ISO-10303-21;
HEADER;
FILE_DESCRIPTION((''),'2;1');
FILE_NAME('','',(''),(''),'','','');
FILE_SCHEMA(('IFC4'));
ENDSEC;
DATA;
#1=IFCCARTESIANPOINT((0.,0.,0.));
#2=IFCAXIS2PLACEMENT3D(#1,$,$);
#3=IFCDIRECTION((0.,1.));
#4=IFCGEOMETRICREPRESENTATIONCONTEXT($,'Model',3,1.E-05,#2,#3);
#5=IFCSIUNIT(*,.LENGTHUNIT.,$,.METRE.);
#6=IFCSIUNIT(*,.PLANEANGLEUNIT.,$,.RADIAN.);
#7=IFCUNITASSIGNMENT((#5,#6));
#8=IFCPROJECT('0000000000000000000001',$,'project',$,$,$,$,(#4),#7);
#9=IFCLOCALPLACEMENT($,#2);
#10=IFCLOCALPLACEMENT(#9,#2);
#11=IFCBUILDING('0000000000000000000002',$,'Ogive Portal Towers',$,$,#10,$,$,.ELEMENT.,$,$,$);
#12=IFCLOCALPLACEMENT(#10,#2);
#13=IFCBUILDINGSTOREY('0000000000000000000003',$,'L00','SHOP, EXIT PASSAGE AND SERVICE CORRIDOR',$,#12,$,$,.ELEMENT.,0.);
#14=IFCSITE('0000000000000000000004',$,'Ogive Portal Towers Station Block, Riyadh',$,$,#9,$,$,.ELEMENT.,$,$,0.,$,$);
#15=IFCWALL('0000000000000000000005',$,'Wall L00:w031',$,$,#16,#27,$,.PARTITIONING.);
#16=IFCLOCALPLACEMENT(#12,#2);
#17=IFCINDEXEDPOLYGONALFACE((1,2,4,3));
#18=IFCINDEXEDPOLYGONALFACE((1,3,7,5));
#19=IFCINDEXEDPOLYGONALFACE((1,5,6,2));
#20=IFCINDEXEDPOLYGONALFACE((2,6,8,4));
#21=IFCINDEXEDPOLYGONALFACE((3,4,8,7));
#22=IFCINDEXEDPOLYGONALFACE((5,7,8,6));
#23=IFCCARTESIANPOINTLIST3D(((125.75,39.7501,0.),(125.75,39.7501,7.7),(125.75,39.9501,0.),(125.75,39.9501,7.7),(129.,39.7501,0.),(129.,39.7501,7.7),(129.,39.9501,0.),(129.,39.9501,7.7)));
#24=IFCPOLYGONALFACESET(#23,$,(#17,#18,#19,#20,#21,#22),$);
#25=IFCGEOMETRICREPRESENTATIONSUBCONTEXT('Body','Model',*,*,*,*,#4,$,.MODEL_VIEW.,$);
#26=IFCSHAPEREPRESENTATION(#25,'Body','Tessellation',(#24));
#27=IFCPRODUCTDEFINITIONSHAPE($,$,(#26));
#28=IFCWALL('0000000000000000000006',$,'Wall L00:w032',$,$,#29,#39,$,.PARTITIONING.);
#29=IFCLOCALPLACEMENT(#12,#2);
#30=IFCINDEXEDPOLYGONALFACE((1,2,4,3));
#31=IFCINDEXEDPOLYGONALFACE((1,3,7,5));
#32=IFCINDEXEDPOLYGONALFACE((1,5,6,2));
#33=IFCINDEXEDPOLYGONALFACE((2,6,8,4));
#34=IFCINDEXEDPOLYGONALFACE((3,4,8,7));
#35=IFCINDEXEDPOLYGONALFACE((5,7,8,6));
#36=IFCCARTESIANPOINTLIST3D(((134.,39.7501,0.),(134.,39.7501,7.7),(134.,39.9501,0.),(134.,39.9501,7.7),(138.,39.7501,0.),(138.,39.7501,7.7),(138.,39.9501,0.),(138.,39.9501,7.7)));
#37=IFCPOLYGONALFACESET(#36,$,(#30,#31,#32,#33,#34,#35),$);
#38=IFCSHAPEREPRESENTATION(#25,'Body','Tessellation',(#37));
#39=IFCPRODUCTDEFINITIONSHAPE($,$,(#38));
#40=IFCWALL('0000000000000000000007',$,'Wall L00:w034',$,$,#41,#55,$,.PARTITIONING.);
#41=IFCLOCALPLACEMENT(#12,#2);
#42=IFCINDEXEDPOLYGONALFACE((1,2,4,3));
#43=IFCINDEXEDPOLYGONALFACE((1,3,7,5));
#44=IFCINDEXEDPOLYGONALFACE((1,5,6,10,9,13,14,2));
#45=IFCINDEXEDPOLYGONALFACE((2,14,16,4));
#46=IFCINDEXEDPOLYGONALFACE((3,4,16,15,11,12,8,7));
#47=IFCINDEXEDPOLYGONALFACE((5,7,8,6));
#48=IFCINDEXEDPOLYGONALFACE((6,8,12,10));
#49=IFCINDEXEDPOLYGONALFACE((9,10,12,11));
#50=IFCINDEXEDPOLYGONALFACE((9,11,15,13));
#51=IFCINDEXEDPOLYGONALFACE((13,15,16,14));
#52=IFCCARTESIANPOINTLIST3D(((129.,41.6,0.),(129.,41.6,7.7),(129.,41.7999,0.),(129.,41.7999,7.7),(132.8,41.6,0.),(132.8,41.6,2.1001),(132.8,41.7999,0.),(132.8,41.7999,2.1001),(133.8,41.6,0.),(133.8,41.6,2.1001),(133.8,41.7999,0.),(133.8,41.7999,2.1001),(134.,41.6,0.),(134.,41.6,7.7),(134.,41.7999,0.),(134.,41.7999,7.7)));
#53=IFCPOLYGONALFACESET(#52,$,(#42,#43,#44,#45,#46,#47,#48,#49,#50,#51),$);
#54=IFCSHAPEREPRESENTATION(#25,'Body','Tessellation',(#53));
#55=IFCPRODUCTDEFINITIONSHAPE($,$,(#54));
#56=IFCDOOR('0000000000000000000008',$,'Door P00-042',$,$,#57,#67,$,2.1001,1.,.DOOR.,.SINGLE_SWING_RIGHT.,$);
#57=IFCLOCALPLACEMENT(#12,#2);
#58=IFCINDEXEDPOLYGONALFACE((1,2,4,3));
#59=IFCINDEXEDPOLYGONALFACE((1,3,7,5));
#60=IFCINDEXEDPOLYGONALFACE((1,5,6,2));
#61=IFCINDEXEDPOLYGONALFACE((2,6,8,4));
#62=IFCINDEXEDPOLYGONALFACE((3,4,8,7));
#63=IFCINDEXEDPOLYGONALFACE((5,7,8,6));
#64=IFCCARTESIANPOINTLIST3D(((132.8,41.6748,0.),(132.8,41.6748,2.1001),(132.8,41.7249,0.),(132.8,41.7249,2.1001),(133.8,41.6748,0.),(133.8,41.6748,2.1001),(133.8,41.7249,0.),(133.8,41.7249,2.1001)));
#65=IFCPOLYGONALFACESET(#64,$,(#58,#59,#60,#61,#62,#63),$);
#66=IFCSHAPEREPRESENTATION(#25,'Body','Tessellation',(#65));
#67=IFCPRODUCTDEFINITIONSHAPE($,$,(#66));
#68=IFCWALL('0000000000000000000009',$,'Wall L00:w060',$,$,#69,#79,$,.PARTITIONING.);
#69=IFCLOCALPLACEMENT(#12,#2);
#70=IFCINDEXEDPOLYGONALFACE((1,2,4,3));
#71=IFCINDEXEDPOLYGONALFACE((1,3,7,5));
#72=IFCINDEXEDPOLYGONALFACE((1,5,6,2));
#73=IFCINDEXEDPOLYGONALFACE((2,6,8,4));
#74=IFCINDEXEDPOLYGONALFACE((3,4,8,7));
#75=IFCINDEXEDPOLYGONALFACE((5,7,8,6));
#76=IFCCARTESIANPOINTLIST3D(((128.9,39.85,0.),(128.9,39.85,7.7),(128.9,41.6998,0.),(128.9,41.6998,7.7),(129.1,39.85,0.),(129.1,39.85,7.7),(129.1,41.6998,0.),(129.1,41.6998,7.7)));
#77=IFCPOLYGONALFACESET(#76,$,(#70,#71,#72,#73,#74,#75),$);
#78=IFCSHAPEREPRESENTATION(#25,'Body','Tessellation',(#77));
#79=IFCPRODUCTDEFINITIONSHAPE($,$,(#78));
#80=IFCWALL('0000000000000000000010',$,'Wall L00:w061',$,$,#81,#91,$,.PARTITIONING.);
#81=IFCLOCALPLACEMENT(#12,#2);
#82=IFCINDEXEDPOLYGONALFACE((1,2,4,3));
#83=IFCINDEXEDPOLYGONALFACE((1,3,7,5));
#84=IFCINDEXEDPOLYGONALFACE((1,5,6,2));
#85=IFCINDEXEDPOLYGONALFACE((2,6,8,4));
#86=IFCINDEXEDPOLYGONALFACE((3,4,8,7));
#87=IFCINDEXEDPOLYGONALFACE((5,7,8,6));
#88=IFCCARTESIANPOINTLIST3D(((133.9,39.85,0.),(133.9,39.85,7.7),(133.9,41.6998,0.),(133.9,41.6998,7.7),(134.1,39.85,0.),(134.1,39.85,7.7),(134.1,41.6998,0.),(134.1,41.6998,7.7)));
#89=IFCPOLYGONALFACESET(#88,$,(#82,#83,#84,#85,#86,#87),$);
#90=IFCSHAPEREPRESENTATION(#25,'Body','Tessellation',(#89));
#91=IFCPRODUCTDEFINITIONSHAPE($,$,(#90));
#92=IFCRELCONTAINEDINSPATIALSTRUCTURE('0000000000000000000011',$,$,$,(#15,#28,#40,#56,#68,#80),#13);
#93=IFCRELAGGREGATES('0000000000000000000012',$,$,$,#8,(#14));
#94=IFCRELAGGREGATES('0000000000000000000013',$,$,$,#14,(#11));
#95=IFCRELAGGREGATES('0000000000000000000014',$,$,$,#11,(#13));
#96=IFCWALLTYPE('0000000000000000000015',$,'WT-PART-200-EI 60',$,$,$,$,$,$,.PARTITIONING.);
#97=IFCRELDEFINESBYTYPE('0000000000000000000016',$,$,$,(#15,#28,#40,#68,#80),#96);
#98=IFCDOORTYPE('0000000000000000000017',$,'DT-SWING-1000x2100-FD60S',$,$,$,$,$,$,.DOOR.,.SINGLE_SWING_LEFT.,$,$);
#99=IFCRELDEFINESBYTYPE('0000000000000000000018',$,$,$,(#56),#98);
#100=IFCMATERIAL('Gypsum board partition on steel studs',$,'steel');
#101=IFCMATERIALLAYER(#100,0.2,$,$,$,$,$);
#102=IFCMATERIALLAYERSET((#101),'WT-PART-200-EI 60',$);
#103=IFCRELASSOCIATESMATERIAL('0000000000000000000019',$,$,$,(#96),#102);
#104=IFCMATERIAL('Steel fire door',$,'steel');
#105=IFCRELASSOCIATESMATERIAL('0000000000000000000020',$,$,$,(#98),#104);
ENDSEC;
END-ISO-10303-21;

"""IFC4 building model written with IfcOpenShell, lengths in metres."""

from ifc_helpers import new_model, si_unit, direction, frame, frame_2d, origin, place, context, subcontext, project, spatial, rectangle, extrude, material, layer, layer_set, type_object, element, fill, save


model = new_model("IFC4")

# Units and contexts
model_context = context("Model", 3, precision=1e-05, world=origin(), true_north=direction((0.0, 1.0)))
body_context = subcontext(model_context, "Body", "Model", "MODEL_VIEW")
ifc_project = project(units=[si_unit("LENGTHUNIT", "METRE"), si_unit("PLANEANGLEUNIT", "RADIAN")], contexts=[model_context])

# Site, building, storey
site_placement = place(None, origin())
site = spatial("IfcSite", under=ifc_project, at=site_placement, Name="Ogive Portal Towers Station Block, Riyadh", CompositionType="ELEMENT", RefElevation=0.0)
building_placement = place(site_placement, origin())
building = spatial("IfcBuilding", under=site, at=building_placement, Name="Ogive Portal Towers", CompositionType="ELEMENT")
storey_placement = place(building_placement, origin())
storey = spatial("IfcBuildingStorey", under=building, at=storey_placement, Name="L00", Description="SHOP, EXIT PASSAGE AND SERVICE CORRIDOR", CompositionType="ELEMENT", Elevation=0.0)

# Shared definitions
ifc_material_1 = material(Name="Steel fire door", Category="steel")

# Walls
ifc_material_2 = material(Name="Gypsum board partition on steel studs", Category="steel")
ifc_layer_1 = layer(ifc_material_2, 0.2)
ifc_layer_set_1 = layer_set([ifc_layer_1], Name="WT-PART-200-EI 60")
wall_type_1 = type_object("IfcWallType", Name="WT-PART-200-EI 60", PredefinedType="PARTITIONING", material=ifc_layer_set_1)
wall_1_placement = place(storey_placement, frame((125.75, 39.8501, 0.0), z_axis=(0.0, 0.0, 1.0), x_axis=(1.0, 0.0, 0.0)))
element("IfcWall", 1, at=wall_1_placement, inside=storey, type_object=wall_type_1, Name="Wall L00:w031", PredefinedType="PARTITIONING", context=body_context, shape_type="SweptSolid", body=[
    extrude(rectangle(XDim=3.25, YDim=0.2, at=frame_2d((1.625, 0.0))), origin(), (0.0, 0.0, 1.0), 7.7),
])
wall_2_placement = place(storey_placement, frame((134.0, 39.8501, 0.0), z_axis=(0.0, 0.0, 1.0), x_axis=(1.0, 0.0, 0.0)))
element("IfcWall", 2, at=wall_2_placement, inside=storey, type_object=wall_type_1, Name="Wall L00:w032", PredefinedType="PARTITIONING", context=body_context, shape_type="SweptSolid", body=[
    extrude(rectangle(XDim=4.0, YDim=0.2, at=frame_2d((2.0, 0.0))), origin(), (0.0, 0.0, 1.0), 7.7),
])

# Wall, opening, door
wall_3_placement = place(storey_placement, frame((129.0, 41.7, 0.0), z_axis=(0.0, 0.0, 1.0), x_axis=(1.0, 0.0, 0.0)))
wall_3 = element("IfcWall", 3, at=wall_3_placement, inside=storey, type_object=wall_type_1, Name="Wall L00:w034", PredefinedType="PARTITIONING", context=body_context, shape_type="SweptSolid", body=[
    extrude(rectangle(XDim=5.0, YDim=0.2, at=frame_2d((2.5, 0.0))), origin(), (0.0, 0.0, 1.0), 7.7),
])
opening_1_placement = place(wall_3_placement, frame((3.8, 0.0, 0.0)))
opening_1 = element("IfcOpeningElement", 4, at=opening_1_placement, cuts=wall_3, PredefinedType="OPENING", context=body_context, shape_type="SweptSolid", body=[
    extrude(rectangle(XDim=1.0, YDim=2.1001, at=frame_2d((0.5, 1.05))), frame((0.0, 0.1099, 0.0), z_axis=(0.0, -1.0, 0.0), x_axis=(1.0, 0.0, 0.0)), (0.0, 0.0, 1.0), 0.22),
])
door_type_1 = type_object("IfcDoorType", Name="DT-SWING-1000x2100-FD60S", OperationType="SINGLE_SWING_LEFT", PredefinedType="DOOR", material=ifc_material_1)
door_1_placement = place(opening_1_placement, origin())
door_1 = element("IfcDoor", 5, at=door_1_placement, inside=storey, type_object=door_type_1, Name="Door P00-042", OperationType="SINGLE_SWING_RIGHT", OverallHeight=2.1001, OverallWidth=1.0, PredefinedType="DOOR", context=body_context, shape_type="SweptSolid", body=[
    extrude(rectangle(XDim=1.0, YDim=2.1001, at=frame_2d((0.5, 1.05))), frame((0.0, 0.0249, 0.0), z_axis=(0.0, -1.0, 0.0), x_axis=(1.0, 0.0, 0.0)), (0.0, 0.0, 1.0), 0.05),
])
fill(opening_1, door_1)

# Walls
for number, where, z_axis, x_axis, name in (
    (6, (129.0, 39.8501, 0.0), (0.0, 0.0, 1.0), (0.0, 1.0, 0.0), "Wall L00:w060"),
    (7, (134.0, 39.8501, 0.0), (0.0, 0.0, 1.0), (0.0, 1.0, 0.0), "Wall L00:w061"),
):
    element("IfcWall", number, at=place(storey_placement, frame(where, z_axis=z_axis, x_axis=x_axis)), inside=storey, type_object=wall_type_1, Name=name, PredefinedType="PARTITIONING", context=body_context, shape_type="SweptSolid", body=[
        extrude(rectangle(XDim=1.8499, YDim=0.2, at=frame_2d((0.9248, 0.0))), origin(), (0.0, 0.0, 1.0), 7.7),
    ])

save(model, "model.ifc")
